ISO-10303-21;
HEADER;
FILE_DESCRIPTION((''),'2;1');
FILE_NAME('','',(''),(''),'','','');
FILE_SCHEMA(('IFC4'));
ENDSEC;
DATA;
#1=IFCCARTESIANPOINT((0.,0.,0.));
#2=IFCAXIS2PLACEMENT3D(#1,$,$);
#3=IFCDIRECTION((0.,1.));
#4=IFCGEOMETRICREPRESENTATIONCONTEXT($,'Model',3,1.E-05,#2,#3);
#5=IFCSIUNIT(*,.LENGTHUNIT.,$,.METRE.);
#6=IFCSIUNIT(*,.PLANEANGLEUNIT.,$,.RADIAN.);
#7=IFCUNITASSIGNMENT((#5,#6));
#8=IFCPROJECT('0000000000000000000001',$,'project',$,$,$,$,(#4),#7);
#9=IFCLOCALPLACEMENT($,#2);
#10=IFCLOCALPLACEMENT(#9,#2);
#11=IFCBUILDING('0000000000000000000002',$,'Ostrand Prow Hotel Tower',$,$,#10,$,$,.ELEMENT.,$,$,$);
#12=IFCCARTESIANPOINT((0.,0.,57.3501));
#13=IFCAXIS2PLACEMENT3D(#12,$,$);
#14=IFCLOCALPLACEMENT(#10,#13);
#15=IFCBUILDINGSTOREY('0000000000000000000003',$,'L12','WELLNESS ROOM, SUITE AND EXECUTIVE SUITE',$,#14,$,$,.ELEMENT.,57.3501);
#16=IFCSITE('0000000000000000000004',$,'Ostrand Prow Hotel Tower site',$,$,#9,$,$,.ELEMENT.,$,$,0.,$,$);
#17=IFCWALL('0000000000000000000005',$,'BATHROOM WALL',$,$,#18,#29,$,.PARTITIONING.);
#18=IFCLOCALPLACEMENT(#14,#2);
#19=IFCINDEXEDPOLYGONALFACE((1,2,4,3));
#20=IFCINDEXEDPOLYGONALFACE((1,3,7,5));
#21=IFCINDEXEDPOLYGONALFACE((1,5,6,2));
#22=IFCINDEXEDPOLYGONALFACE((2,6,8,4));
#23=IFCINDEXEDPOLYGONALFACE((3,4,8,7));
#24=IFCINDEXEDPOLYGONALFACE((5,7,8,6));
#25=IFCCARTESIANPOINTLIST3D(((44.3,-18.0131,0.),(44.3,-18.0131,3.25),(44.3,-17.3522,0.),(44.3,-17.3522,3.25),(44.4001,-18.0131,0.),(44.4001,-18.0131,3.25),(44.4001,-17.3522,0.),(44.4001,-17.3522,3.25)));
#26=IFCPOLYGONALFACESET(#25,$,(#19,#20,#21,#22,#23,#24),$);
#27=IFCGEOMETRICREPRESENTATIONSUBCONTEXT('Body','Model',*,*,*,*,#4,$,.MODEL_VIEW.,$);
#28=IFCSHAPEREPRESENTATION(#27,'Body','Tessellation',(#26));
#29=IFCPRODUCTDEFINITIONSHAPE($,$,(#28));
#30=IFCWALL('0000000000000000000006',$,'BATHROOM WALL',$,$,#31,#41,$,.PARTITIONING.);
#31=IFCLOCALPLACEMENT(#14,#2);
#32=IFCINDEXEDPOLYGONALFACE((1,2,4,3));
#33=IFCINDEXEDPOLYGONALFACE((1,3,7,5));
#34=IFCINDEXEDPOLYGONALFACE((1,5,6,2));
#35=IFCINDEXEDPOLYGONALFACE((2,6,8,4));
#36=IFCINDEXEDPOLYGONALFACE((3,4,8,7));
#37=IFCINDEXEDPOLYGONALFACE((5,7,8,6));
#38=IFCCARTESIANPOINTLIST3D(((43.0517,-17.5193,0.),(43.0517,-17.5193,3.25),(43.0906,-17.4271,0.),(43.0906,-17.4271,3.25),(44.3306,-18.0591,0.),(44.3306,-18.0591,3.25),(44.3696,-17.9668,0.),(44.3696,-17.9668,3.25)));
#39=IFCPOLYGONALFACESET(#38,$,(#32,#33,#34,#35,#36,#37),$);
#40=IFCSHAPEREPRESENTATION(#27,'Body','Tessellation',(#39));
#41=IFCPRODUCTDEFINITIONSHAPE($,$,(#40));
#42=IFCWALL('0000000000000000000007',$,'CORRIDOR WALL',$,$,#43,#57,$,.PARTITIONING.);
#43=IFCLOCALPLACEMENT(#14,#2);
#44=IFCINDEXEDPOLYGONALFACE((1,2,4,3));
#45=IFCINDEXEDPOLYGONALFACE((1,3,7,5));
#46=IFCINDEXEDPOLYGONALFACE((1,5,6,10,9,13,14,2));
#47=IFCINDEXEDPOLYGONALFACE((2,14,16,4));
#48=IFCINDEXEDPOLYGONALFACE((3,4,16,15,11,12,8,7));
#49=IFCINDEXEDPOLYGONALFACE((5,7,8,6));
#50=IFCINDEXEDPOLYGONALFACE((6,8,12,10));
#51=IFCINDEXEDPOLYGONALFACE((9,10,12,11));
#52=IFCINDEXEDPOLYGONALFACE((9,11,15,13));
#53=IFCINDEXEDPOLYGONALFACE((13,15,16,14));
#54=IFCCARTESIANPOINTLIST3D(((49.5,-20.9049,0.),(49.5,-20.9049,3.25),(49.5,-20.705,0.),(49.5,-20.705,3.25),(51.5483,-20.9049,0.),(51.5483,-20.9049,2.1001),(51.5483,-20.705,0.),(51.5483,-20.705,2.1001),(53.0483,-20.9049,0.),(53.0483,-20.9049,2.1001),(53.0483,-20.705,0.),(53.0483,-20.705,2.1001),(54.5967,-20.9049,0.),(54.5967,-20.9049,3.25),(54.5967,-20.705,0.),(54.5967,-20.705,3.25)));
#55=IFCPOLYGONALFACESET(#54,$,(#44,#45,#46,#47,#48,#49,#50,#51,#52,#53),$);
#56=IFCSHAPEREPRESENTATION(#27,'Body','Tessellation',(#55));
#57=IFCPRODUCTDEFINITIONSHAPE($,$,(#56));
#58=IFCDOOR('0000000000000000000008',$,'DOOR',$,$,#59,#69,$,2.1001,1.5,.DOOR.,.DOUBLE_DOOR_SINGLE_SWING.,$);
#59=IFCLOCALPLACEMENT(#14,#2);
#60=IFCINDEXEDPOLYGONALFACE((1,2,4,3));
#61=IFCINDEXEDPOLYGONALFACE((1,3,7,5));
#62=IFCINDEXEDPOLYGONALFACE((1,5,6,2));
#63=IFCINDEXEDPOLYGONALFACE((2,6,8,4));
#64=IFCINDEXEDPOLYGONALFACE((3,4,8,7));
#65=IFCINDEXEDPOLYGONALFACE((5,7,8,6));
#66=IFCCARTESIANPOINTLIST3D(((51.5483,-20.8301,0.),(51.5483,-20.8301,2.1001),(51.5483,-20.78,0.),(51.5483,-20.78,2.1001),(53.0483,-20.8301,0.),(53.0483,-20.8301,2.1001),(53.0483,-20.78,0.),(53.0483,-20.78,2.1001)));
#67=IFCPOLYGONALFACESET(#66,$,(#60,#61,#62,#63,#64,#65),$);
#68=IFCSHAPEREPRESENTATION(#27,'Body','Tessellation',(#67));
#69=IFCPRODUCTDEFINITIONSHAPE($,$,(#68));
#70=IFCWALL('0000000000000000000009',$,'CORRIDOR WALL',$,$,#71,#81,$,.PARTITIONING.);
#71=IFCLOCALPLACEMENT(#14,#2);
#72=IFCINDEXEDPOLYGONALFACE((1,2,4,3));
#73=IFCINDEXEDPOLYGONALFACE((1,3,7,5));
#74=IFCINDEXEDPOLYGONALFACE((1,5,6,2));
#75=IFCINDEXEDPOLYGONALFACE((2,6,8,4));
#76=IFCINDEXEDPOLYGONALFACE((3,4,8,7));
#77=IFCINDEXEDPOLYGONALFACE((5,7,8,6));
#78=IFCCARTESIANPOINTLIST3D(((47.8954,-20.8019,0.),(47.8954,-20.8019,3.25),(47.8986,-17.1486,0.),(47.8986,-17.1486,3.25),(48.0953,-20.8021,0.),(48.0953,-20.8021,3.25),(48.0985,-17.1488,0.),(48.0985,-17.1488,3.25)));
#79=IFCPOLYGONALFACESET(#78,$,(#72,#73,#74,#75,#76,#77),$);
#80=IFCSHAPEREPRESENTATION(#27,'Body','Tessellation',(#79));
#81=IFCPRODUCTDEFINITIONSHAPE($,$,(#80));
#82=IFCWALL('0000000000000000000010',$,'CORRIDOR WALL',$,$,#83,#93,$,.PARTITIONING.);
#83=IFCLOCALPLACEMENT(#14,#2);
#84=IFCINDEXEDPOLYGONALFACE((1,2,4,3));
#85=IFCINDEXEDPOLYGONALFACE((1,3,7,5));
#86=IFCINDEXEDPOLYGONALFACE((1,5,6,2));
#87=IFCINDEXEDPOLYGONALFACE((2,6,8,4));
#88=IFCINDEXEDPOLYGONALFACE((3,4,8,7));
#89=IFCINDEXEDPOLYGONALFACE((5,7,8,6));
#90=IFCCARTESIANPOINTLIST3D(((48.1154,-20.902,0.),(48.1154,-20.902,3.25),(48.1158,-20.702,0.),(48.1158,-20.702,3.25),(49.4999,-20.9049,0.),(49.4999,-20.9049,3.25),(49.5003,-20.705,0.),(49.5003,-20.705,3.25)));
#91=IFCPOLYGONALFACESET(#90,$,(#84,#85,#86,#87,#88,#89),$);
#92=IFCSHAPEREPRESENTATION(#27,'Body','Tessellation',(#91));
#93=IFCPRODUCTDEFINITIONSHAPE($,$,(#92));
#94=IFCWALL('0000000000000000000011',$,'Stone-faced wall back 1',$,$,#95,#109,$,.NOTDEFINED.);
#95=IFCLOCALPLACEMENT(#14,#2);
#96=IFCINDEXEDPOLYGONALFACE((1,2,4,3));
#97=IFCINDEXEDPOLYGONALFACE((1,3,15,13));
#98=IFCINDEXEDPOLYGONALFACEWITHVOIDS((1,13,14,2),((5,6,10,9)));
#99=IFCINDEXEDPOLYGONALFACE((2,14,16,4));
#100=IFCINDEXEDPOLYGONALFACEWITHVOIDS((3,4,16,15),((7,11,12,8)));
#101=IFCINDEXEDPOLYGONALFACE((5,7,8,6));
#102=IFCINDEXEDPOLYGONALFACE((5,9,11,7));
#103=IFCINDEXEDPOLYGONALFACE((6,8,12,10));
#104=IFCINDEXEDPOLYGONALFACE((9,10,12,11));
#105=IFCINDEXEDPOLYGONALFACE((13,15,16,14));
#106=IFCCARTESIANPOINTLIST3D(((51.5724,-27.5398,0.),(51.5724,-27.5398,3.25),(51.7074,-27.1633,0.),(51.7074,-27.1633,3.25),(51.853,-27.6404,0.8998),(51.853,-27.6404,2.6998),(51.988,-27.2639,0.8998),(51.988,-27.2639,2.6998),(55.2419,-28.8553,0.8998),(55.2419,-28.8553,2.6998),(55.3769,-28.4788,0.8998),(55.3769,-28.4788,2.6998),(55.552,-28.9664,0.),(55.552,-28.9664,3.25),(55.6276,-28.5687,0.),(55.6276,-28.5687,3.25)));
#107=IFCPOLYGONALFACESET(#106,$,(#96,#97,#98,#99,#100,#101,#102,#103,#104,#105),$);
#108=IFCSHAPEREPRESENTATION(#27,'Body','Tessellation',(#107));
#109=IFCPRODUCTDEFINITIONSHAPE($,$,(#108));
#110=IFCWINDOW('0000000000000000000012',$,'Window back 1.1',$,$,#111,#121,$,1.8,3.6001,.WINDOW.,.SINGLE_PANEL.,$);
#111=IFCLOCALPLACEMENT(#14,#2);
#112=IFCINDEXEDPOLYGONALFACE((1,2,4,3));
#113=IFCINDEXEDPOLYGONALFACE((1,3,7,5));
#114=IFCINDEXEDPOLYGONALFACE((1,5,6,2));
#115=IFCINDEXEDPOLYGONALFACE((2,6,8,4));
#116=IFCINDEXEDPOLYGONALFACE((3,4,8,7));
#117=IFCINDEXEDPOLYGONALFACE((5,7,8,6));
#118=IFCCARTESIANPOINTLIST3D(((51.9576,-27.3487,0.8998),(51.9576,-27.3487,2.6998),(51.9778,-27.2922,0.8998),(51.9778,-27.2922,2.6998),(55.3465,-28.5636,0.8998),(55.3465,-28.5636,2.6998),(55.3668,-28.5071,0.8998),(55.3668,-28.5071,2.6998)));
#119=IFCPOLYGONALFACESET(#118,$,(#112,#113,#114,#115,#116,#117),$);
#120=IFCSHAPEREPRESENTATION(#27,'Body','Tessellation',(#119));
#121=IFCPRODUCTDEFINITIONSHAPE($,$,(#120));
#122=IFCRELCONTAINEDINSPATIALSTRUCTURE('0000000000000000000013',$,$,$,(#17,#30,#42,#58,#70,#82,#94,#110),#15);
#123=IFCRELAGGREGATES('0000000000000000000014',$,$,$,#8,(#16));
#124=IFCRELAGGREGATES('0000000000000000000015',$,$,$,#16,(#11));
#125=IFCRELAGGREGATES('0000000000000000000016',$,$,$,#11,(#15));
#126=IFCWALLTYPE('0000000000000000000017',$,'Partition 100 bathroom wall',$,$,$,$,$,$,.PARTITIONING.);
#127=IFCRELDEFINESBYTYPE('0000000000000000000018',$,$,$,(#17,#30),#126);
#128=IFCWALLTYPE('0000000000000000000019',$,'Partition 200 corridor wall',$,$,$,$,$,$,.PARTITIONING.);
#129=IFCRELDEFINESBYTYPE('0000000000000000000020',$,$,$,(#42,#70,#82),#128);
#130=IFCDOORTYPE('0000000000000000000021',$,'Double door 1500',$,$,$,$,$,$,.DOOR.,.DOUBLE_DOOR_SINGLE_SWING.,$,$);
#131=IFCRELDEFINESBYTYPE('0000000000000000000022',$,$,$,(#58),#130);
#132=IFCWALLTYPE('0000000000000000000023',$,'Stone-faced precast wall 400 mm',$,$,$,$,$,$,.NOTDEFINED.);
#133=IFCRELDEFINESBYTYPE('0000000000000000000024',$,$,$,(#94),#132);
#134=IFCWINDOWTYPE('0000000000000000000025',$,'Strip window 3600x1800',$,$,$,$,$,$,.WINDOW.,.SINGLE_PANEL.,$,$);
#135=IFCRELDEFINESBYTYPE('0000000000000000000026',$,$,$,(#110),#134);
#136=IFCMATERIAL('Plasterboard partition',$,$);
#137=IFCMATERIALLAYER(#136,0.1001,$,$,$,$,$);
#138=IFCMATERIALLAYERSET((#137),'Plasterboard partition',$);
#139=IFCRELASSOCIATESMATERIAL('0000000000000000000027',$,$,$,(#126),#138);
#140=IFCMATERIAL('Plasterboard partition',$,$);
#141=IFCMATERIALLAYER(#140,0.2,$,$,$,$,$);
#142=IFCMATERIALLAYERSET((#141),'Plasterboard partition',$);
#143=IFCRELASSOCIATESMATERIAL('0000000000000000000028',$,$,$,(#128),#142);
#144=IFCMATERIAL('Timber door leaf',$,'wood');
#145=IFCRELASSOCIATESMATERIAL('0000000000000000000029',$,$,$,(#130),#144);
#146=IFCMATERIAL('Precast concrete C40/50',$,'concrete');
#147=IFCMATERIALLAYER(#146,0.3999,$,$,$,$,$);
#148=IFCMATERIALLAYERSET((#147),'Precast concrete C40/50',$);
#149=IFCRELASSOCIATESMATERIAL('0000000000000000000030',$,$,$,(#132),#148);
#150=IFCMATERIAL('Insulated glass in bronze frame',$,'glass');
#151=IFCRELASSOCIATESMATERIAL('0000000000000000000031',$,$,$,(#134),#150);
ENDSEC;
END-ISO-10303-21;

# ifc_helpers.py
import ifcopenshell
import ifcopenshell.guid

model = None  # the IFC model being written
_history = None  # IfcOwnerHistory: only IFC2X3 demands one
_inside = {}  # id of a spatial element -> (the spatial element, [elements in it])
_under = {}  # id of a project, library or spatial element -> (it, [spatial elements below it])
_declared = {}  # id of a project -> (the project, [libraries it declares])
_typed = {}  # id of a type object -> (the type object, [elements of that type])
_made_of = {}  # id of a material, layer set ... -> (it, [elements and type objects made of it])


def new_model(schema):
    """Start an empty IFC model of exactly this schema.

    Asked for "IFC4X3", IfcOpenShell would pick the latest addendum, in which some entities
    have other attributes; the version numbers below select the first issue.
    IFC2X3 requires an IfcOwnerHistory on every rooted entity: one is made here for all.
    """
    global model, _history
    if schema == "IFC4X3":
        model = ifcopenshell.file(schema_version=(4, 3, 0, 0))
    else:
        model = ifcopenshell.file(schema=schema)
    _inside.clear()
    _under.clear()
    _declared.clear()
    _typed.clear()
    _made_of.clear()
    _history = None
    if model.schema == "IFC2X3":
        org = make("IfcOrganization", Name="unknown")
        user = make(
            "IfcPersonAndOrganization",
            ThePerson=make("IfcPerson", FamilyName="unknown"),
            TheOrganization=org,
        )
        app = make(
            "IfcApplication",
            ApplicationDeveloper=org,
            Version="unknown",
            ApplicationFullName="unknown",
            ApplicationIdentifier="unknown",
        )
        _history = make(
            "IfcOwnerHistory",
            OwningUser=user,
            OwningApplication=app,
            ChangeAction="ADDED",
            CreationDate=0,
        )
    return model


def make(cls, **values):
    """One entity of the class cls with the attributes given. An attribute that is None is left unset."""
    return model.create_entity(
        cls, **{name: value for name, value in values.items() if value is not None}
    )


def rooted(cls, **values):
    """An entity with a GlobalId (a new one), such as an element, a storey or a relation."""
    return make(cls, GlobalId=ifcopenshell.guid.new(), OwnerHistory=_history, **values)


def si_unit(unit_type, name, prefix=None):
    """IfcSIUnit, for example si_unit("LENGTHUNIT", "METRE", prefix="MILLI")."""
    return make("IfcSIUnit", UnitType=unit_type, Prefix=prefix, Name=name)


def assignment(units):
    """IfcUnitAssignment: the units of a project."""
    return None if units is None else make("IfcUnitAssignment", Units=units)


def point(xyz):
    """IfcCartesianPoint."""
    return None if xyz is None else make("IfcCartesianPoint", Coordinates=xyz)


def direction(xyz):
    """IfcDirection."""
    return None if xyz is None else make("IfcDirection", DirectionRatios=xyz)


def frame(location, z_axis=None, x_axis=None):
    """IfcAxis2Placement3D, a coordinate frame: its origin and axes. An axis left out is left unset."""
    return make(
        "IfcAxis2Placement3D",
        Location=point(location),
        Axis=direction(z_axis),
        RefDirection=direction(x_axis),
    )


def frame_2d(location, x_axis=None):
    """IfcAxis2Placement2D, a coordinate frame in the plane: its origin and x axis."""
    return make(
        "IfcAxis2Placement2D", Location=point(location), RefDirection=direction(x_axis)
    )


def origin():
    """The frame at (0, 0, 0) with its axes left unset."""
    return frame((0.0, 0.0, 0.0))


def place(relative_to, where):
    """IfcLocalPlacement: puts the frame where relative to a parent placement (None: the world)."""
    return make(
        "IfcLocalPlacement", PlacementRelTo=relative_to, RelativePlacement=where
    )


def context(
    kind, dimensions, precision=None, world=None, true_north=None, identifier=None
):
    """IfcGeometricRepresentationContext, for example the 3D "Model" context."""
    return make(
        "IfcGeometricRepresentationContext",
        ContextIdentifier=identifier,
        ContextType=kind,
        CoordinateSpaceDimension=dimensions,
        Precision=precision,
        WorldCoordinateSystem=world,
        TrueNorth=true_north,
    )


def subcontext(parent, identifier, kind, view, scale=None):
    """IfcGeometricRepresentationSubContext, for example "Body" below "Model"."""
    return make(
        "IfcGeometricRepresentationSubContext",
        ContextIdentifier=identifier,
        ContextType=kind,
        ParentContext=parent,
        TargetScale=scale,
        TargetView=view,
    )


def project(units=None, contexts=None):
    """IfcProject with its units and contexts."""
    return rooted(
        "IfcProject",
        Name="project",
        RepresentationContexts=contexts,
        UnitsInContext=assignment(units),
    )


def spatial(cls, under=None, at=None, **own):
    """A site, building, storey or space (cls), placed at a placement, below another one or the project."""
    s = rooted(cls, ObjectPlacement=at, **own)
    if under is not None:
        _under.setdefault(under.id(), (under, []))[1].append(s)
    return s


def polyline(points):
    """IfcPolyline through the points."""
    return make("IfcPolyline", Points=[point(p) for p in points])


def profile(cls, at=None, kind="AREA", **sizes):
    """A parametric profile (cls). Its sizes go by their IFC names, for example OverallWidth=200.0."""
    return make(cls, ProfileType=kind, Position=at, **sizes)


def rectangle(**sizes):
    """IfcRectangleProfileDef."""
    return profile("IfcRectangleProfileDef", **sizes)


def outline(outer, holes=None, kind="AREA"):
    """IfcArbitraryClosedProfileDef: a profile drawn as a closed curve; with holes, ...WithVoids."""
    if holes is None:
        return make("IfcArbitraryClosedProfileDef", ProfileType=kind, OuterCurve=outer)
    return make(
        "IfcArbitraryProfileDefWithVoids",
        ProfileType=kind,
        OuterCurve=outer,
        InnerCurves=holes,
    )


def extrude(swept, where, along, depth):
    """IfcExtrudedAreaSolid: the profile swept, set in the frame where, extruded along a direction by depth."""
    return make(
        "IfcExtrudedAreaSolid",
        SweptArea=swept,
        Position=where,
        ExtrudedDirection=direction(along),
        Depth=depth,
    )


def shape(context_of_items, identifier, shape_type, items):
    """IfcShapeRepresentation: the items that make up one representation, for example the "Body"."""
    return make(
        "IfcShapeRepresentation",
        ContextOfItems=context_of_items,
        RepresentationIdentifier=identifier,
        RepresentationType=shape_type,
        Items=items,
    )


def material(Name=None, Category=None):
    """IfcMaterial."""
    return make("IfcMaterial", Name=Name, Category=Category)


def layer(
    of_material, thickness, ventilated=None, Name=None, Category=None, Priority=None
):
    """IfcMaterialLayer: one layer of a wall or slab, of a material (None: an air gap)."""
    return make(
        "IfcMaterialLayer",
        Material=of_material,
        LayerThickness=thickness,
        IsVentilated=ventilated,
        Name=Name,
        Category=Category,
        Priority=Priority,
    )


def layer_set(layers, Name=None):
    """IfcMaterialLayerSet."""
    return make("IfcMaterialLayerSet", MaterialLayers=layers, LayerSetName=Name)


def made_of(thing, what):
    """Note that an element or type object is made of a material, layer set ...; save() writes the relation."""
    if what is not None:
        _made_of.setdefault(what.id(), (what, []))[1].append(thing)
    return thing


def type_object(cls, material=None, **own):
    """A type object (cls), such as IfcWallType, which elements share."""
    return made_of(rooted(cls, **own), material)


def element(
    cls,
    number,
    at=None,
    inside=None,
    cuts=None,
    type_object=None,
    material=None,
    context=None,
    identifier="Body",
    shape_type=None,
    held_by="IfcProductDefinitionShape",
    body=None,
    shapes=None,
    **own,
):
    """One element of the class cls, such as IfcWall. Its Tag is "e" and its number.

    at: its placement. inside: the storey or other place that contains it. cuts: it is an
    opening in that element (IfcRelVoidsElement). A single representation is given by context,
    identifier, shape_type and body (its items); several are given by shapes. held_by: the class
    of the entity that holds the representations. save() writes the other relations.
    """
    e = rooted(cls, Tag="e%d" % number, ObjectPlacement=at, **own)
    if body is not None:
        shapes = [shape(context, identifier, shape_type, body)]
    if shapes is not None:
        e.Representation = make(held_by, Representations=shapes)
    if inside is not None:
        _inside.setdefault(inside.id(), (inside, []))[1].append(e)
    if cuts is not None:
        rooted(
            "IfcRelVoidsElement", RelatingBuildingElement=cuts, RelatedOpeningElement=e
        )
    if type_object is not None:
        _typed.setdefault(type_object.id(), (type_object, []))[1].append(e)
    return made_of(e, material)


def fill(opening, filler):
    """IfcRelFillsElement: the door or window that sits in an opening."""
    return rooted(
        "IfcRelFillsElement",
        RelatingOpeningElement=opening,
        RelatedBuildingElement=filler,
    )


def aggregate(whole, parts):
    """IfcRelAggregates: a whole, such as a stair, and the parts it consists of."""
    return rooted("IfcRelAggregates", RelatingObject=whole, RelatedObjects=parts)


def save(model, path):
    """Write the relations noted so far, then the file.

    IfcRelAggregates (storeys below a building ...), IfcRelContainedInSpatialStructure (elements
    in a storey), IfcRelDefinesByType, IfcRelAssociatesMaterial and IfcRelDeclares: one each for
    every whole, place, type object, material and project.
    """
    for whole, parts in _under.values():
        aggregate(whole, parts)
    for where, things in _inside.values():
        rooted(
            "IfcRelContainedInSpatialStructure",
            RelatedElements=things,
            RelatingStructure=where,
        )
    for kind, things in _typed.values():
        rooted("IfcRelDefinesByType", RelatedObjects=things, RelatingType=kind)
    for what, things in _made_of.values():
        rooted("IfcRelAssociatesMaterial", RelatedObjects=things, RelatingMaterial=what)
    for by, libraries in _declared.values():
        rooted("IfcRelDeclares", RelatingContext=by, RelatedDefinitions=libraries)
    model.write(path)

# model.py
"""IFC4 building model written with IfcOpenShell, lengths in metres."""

from ifc_helpers import new_model, si_unit, direction, frame, frame_2d, origin, place, context, subcontext, project, spatial, polyline, rectangle, outline, extrude, material, layer, layer_set, type_object, element, fill, save


model = new_model("IFC4")

# Units and contexts
model_context = context("Model", 3, precision=1e-05, world=origin(), true_north=direction((0.0, 1.0)))
body_context = subcontext(model_context, "Body", "Model", "MODEL_VIEW")
ifc_project = project(units=[si_unit("LENGTHUNIT", "METRE"), si_unit("PLANEANGLEUNIT", "RADIAN")], contexts=[model_context])

# Site, building, storey
site_placement = place(None, origin())
site = spatial("IfcSite", under=ifc_project, at=site_placement, Name="Ostrand Prow Hotel Tower site", CompositionType="ELEMENT", RefElevation=0.0)
building_placement = place(site_placement, origin())
building = spatial("IfcBuilding", under=site, at=building_placement, Name="Ostrand Prow Hotel Tower", CompositionType="ELEMENT")
storey_placement = place(building_placement, frame((0.0, 0.0, 57.3501)))
storey = spatial("IfcBuildingStorey", under=building, at=storey_placement, Name="L12", Description="WELLNESS ROOM, SUITE AND EXECUTIVE SUITE", CompositionType="ELEMENT", Elevation=57.3501)

# Walls
ifc_material_1 = material(Name="Plasterboard partition")
ifc_layer_1 = layer(ifc_material_1, 0.1001)
ifc_layer_set_1 = layer_set([ifc_layer_1], Name="Plasterboard partition")
wall_type_1 = type_object("IfcWallType", Name="Partition 100 bathroom wall", PredefinedType="PARTITIONING", material=ifc_layer_set_1)
wall_1_placement = place(storey_placement, frame((44.3501, -17.3521, 0.0), z_axis=(0.0, 0.0, 1.0), x_axis=(0.0, -1.0, 0.0)))
element("IfcWall", 1, at=wall_1_placement, inside=storey, type_object=wall_type_1, Name="BATHROOM WALL", PredefinedType="PARTITIONING", context=body_context, shape_type="SweptSolid", body=[
    extrude(rectangle(XDim=0.6609, YDim=0.1001, at=frame_2d((0.3306, 0.0))), origin(), (0.0, 0.0, 1.0), 3.25),
])
wall_2_placement = place(storey_placement, frame((44.3501, -18.0129, 0.0), z_axis=(0.0, 0.0, 1.0), x_axis=(-0.921314, 0.388819, 0.0)))
element("IfcWall", 2, at=wall_2_placement, inside=storey, type_object=wall_type_1, Name="BATHROOM WALL", PredefinedType="PARTITIONING", context=body_context, shape_type="SweptSolid", body=[
    extrude(rectangle(XDim=1.3882, YDim=0.1001, at=frame_2d((0.6941, 0.0))), origin(), (0.0, 0.0, 1.0), 3.25),
])

# Wall, opening, door
ifc_material_2 = material(Name="Plasterboard partition")
ifc_layer_2 = layer(ifc_material_2, 0.2)
ifc_layer_set_2 = layer_set([ifc_layer_2], Name="Plasterboard partition")
wall_type_2 = type_object("IfcWallType", Name="Partition 200 corridor wall", PredefinedType="PARTITIONING", material=ifc_layer_set_2)
wall_3_placement = place(storey_placement, frame((49.5, -20.8049, 0.0), z_axis=(0.0, 0.0, 1.0), x_axis=(1.0, 0.0, 0.0)))
wall_3 = element("IfcWall", 3, at=wall_3_placement, inside=storey, type_object=wall_type_2, Name="CORRIDOR WALL", PredefinedType="PARTITIONING", context=body_context, shape_type="SweptSolid", body=[
    extrude(rectangle(XDim=5.0967, YDim=0.2, at=frame_2d((2.5483, 0.0))), origin(), (0.0, 0.0, 1.0), 3.25),
])
opening_1_placement = place(wall_3_placement, frame((2.0483, 0.0, 0.0)))
opening_1 = element("IfcOpeningElement", 4, at=opening_1_placement, cuts=wall_3, PredefinedType="OPENING", context=body_context, shape_type="SweptSolid", body=[
    extrude(rectangle(XDim=1.5, YDim=2.1001, at=frame_2d((0.75, 1.05))), frame((0.0, 0.1099, 0.0), z_axis=(0.0, -1.0, 0.0), x_axis=(1.0, 0.0, 0.0)), (0.0, 0.0, 1.0), 0.22),
])
ifc_material_3 = material(Name="Timber door leaf", Category="wood")
door_type = type_object("IfcDoorType", Name="Double door 1500", OperationType="DOUBLE_DOOR_SINGLE_SWING", PredefinedType="DOOR", material=ifc_material_3)
door_placement = place(opening_1_placement, origin())
door = element("IfcDoor", 5, at=door_placement, inside=storey, type_object=door_type, Name="DOOR", OperationType="DOUBLE_DOOR_SINGLE_SWING", OverallHeight=2.1001, OverallWidth=1.5, PredefinedType="DOOR", context=body_context, shape_type="SweptSolid", body=[
    extrude(rectangle(XDim=1.5, YDim=2.1001, at=frame_2d((0.75, 1.05))), frame((0.0, 0.0249, 0.0), z_axis=(0.0, -1.0, 0.0), x_axis=(1.0, 0.0, 0.0)), (0.0, 0.0, 1.0), 0.05),
])
fill(opening_1, door)

# Walls
wall_4_placement = place(storey_placement, frame((47.9985, -17.1487, 0.0), z_axis=(0.0, 0.0, 1.0), x_axis=(-0.000869, -1.0, 0.0)))
element("IfcWall", 6, at=wall_4_placement, inside=storey, type_object=wall_type_2, Name="CORRIDOR WALL", PredefinedType="PARTITIONING", context=body_context, shape_type="SweptSolid", body=[
    extrude(rectangle(XDim=3.6533, YDim=0.2, at=frame_2d((1.8267, 0.0))), origin(), (0.0, 0.0, 1.0), 3.25),
])
wall_5_placement = place(storey_placement, frame((48.1155, -20.802, 0.0), z_axis=(0.0, 0.0, 1.0), x_axis=(0.999998, -0.002116, 0.0)))
element("IfcWall", 7, at=wall_5_placement, inside=storey, type_object=wall_type_2, Name="CORRIDOR WALL", PredefinedType="PARTITIONING", context=body_context, shape_type="SweptSolid", body=[
    extrude(rectangle(XDim=1.3845, YDim=0.2, at=frame_2d((0.6924, 0.0))), origin(), (0.0, 0.0, 1.0), 3.25),
])

# Wall, opening, window
ifc_material_4 = material(Name="Precast concrete C40/50", Category="concrete")
ifc_layer_3 = layer(ifc_material_4, 0.3999)
ifc_layer_set_3 = layer_set([ifc_layer_3], Name="Precast concrete C40/50")
wall_type_3 = type_object("IfcWallType", Name="Stone-faced precast wall 400 mm", PredefinedType="NOTDEFINED", material=ifc_layer_set_3)
wall_6_placement = place(storey_placement, frame((51.6399, -27.3516, 0.0), z_axis=(0.0, 0.0, 1.0), x_axis=(0.94134, -0.33746, 0.0)))
wall_6 = element("IfcWall", 8, at=wall_6_placement, inside=storey, type_object=wall_type_3, Name="Stone-faced wall back 1", PredefinedType="NOTDEFINED", context=body_context, shape_type="SweptSolid", body=[
    extrude(outline(polyline([(0.0, -0.2), (4.2275, -0.2), (4.1646, 0.2), (0.0, 0.2), (0.0, -0.2)])), origin(), (0.0, 0.0, 1.0), 3.25),
])
opening_2_placement = place(wall_6_placement, frame((0.2981, 0.0, 0.8999)))
opening_2 = element("IfcOpeningElement", 9, at=opening_2_placement, cuts=wall_6, PredefinedType="OPENING", context=body_context, shape_type="SweptSolid", body=[
    extrude(rectangle(XDim=3.6001, YDim=1.8, at=frame_2d((1.8, 0.8999))), frame((0.0, 0.21, 0.0), z_axis=(0.0, -1.0, 0.0), x_axis=(1.0, 0.0, 0.0)), (0.0, 0.0, 1.0), 0.4199),
])
ifc_material_5 = material(Name="Insulated glass in bronze frame", Category="glass")
window_type = type_object("IfcWindowType", Name="Strip window 3600x1800", PartitioningType="SINGLE_PANEL", PredefinedType="WINDOW", material=ifc_material_5)
window_placement = place(opening_2_placement, origin())
window = element("IfcWindow", 10, at=window_placement, inside=storey, type_object=window_type, Name="Window back 1.1", OverallHeight=1.8, OverallWidth=3.6001, PartitioningType="SINGLE_PANEL", PredefinedType="WINDOW", context=body_context, shape_type="SweptSolid", body=[
    extrude(rectangle(XDim=3.6001, YDim=1.8, at=frame_2d((1.8, 0.8999))), frame((0.0, 0.1699, 0.0), z_axis=(0.0, -1.0, 0.0), x_axis=(1.0, 0.0, 0.0)), (0.0, 0.0, 1.0), 0.0601),
])
fill(opening_2, window)

save(model, "model.ifc")
